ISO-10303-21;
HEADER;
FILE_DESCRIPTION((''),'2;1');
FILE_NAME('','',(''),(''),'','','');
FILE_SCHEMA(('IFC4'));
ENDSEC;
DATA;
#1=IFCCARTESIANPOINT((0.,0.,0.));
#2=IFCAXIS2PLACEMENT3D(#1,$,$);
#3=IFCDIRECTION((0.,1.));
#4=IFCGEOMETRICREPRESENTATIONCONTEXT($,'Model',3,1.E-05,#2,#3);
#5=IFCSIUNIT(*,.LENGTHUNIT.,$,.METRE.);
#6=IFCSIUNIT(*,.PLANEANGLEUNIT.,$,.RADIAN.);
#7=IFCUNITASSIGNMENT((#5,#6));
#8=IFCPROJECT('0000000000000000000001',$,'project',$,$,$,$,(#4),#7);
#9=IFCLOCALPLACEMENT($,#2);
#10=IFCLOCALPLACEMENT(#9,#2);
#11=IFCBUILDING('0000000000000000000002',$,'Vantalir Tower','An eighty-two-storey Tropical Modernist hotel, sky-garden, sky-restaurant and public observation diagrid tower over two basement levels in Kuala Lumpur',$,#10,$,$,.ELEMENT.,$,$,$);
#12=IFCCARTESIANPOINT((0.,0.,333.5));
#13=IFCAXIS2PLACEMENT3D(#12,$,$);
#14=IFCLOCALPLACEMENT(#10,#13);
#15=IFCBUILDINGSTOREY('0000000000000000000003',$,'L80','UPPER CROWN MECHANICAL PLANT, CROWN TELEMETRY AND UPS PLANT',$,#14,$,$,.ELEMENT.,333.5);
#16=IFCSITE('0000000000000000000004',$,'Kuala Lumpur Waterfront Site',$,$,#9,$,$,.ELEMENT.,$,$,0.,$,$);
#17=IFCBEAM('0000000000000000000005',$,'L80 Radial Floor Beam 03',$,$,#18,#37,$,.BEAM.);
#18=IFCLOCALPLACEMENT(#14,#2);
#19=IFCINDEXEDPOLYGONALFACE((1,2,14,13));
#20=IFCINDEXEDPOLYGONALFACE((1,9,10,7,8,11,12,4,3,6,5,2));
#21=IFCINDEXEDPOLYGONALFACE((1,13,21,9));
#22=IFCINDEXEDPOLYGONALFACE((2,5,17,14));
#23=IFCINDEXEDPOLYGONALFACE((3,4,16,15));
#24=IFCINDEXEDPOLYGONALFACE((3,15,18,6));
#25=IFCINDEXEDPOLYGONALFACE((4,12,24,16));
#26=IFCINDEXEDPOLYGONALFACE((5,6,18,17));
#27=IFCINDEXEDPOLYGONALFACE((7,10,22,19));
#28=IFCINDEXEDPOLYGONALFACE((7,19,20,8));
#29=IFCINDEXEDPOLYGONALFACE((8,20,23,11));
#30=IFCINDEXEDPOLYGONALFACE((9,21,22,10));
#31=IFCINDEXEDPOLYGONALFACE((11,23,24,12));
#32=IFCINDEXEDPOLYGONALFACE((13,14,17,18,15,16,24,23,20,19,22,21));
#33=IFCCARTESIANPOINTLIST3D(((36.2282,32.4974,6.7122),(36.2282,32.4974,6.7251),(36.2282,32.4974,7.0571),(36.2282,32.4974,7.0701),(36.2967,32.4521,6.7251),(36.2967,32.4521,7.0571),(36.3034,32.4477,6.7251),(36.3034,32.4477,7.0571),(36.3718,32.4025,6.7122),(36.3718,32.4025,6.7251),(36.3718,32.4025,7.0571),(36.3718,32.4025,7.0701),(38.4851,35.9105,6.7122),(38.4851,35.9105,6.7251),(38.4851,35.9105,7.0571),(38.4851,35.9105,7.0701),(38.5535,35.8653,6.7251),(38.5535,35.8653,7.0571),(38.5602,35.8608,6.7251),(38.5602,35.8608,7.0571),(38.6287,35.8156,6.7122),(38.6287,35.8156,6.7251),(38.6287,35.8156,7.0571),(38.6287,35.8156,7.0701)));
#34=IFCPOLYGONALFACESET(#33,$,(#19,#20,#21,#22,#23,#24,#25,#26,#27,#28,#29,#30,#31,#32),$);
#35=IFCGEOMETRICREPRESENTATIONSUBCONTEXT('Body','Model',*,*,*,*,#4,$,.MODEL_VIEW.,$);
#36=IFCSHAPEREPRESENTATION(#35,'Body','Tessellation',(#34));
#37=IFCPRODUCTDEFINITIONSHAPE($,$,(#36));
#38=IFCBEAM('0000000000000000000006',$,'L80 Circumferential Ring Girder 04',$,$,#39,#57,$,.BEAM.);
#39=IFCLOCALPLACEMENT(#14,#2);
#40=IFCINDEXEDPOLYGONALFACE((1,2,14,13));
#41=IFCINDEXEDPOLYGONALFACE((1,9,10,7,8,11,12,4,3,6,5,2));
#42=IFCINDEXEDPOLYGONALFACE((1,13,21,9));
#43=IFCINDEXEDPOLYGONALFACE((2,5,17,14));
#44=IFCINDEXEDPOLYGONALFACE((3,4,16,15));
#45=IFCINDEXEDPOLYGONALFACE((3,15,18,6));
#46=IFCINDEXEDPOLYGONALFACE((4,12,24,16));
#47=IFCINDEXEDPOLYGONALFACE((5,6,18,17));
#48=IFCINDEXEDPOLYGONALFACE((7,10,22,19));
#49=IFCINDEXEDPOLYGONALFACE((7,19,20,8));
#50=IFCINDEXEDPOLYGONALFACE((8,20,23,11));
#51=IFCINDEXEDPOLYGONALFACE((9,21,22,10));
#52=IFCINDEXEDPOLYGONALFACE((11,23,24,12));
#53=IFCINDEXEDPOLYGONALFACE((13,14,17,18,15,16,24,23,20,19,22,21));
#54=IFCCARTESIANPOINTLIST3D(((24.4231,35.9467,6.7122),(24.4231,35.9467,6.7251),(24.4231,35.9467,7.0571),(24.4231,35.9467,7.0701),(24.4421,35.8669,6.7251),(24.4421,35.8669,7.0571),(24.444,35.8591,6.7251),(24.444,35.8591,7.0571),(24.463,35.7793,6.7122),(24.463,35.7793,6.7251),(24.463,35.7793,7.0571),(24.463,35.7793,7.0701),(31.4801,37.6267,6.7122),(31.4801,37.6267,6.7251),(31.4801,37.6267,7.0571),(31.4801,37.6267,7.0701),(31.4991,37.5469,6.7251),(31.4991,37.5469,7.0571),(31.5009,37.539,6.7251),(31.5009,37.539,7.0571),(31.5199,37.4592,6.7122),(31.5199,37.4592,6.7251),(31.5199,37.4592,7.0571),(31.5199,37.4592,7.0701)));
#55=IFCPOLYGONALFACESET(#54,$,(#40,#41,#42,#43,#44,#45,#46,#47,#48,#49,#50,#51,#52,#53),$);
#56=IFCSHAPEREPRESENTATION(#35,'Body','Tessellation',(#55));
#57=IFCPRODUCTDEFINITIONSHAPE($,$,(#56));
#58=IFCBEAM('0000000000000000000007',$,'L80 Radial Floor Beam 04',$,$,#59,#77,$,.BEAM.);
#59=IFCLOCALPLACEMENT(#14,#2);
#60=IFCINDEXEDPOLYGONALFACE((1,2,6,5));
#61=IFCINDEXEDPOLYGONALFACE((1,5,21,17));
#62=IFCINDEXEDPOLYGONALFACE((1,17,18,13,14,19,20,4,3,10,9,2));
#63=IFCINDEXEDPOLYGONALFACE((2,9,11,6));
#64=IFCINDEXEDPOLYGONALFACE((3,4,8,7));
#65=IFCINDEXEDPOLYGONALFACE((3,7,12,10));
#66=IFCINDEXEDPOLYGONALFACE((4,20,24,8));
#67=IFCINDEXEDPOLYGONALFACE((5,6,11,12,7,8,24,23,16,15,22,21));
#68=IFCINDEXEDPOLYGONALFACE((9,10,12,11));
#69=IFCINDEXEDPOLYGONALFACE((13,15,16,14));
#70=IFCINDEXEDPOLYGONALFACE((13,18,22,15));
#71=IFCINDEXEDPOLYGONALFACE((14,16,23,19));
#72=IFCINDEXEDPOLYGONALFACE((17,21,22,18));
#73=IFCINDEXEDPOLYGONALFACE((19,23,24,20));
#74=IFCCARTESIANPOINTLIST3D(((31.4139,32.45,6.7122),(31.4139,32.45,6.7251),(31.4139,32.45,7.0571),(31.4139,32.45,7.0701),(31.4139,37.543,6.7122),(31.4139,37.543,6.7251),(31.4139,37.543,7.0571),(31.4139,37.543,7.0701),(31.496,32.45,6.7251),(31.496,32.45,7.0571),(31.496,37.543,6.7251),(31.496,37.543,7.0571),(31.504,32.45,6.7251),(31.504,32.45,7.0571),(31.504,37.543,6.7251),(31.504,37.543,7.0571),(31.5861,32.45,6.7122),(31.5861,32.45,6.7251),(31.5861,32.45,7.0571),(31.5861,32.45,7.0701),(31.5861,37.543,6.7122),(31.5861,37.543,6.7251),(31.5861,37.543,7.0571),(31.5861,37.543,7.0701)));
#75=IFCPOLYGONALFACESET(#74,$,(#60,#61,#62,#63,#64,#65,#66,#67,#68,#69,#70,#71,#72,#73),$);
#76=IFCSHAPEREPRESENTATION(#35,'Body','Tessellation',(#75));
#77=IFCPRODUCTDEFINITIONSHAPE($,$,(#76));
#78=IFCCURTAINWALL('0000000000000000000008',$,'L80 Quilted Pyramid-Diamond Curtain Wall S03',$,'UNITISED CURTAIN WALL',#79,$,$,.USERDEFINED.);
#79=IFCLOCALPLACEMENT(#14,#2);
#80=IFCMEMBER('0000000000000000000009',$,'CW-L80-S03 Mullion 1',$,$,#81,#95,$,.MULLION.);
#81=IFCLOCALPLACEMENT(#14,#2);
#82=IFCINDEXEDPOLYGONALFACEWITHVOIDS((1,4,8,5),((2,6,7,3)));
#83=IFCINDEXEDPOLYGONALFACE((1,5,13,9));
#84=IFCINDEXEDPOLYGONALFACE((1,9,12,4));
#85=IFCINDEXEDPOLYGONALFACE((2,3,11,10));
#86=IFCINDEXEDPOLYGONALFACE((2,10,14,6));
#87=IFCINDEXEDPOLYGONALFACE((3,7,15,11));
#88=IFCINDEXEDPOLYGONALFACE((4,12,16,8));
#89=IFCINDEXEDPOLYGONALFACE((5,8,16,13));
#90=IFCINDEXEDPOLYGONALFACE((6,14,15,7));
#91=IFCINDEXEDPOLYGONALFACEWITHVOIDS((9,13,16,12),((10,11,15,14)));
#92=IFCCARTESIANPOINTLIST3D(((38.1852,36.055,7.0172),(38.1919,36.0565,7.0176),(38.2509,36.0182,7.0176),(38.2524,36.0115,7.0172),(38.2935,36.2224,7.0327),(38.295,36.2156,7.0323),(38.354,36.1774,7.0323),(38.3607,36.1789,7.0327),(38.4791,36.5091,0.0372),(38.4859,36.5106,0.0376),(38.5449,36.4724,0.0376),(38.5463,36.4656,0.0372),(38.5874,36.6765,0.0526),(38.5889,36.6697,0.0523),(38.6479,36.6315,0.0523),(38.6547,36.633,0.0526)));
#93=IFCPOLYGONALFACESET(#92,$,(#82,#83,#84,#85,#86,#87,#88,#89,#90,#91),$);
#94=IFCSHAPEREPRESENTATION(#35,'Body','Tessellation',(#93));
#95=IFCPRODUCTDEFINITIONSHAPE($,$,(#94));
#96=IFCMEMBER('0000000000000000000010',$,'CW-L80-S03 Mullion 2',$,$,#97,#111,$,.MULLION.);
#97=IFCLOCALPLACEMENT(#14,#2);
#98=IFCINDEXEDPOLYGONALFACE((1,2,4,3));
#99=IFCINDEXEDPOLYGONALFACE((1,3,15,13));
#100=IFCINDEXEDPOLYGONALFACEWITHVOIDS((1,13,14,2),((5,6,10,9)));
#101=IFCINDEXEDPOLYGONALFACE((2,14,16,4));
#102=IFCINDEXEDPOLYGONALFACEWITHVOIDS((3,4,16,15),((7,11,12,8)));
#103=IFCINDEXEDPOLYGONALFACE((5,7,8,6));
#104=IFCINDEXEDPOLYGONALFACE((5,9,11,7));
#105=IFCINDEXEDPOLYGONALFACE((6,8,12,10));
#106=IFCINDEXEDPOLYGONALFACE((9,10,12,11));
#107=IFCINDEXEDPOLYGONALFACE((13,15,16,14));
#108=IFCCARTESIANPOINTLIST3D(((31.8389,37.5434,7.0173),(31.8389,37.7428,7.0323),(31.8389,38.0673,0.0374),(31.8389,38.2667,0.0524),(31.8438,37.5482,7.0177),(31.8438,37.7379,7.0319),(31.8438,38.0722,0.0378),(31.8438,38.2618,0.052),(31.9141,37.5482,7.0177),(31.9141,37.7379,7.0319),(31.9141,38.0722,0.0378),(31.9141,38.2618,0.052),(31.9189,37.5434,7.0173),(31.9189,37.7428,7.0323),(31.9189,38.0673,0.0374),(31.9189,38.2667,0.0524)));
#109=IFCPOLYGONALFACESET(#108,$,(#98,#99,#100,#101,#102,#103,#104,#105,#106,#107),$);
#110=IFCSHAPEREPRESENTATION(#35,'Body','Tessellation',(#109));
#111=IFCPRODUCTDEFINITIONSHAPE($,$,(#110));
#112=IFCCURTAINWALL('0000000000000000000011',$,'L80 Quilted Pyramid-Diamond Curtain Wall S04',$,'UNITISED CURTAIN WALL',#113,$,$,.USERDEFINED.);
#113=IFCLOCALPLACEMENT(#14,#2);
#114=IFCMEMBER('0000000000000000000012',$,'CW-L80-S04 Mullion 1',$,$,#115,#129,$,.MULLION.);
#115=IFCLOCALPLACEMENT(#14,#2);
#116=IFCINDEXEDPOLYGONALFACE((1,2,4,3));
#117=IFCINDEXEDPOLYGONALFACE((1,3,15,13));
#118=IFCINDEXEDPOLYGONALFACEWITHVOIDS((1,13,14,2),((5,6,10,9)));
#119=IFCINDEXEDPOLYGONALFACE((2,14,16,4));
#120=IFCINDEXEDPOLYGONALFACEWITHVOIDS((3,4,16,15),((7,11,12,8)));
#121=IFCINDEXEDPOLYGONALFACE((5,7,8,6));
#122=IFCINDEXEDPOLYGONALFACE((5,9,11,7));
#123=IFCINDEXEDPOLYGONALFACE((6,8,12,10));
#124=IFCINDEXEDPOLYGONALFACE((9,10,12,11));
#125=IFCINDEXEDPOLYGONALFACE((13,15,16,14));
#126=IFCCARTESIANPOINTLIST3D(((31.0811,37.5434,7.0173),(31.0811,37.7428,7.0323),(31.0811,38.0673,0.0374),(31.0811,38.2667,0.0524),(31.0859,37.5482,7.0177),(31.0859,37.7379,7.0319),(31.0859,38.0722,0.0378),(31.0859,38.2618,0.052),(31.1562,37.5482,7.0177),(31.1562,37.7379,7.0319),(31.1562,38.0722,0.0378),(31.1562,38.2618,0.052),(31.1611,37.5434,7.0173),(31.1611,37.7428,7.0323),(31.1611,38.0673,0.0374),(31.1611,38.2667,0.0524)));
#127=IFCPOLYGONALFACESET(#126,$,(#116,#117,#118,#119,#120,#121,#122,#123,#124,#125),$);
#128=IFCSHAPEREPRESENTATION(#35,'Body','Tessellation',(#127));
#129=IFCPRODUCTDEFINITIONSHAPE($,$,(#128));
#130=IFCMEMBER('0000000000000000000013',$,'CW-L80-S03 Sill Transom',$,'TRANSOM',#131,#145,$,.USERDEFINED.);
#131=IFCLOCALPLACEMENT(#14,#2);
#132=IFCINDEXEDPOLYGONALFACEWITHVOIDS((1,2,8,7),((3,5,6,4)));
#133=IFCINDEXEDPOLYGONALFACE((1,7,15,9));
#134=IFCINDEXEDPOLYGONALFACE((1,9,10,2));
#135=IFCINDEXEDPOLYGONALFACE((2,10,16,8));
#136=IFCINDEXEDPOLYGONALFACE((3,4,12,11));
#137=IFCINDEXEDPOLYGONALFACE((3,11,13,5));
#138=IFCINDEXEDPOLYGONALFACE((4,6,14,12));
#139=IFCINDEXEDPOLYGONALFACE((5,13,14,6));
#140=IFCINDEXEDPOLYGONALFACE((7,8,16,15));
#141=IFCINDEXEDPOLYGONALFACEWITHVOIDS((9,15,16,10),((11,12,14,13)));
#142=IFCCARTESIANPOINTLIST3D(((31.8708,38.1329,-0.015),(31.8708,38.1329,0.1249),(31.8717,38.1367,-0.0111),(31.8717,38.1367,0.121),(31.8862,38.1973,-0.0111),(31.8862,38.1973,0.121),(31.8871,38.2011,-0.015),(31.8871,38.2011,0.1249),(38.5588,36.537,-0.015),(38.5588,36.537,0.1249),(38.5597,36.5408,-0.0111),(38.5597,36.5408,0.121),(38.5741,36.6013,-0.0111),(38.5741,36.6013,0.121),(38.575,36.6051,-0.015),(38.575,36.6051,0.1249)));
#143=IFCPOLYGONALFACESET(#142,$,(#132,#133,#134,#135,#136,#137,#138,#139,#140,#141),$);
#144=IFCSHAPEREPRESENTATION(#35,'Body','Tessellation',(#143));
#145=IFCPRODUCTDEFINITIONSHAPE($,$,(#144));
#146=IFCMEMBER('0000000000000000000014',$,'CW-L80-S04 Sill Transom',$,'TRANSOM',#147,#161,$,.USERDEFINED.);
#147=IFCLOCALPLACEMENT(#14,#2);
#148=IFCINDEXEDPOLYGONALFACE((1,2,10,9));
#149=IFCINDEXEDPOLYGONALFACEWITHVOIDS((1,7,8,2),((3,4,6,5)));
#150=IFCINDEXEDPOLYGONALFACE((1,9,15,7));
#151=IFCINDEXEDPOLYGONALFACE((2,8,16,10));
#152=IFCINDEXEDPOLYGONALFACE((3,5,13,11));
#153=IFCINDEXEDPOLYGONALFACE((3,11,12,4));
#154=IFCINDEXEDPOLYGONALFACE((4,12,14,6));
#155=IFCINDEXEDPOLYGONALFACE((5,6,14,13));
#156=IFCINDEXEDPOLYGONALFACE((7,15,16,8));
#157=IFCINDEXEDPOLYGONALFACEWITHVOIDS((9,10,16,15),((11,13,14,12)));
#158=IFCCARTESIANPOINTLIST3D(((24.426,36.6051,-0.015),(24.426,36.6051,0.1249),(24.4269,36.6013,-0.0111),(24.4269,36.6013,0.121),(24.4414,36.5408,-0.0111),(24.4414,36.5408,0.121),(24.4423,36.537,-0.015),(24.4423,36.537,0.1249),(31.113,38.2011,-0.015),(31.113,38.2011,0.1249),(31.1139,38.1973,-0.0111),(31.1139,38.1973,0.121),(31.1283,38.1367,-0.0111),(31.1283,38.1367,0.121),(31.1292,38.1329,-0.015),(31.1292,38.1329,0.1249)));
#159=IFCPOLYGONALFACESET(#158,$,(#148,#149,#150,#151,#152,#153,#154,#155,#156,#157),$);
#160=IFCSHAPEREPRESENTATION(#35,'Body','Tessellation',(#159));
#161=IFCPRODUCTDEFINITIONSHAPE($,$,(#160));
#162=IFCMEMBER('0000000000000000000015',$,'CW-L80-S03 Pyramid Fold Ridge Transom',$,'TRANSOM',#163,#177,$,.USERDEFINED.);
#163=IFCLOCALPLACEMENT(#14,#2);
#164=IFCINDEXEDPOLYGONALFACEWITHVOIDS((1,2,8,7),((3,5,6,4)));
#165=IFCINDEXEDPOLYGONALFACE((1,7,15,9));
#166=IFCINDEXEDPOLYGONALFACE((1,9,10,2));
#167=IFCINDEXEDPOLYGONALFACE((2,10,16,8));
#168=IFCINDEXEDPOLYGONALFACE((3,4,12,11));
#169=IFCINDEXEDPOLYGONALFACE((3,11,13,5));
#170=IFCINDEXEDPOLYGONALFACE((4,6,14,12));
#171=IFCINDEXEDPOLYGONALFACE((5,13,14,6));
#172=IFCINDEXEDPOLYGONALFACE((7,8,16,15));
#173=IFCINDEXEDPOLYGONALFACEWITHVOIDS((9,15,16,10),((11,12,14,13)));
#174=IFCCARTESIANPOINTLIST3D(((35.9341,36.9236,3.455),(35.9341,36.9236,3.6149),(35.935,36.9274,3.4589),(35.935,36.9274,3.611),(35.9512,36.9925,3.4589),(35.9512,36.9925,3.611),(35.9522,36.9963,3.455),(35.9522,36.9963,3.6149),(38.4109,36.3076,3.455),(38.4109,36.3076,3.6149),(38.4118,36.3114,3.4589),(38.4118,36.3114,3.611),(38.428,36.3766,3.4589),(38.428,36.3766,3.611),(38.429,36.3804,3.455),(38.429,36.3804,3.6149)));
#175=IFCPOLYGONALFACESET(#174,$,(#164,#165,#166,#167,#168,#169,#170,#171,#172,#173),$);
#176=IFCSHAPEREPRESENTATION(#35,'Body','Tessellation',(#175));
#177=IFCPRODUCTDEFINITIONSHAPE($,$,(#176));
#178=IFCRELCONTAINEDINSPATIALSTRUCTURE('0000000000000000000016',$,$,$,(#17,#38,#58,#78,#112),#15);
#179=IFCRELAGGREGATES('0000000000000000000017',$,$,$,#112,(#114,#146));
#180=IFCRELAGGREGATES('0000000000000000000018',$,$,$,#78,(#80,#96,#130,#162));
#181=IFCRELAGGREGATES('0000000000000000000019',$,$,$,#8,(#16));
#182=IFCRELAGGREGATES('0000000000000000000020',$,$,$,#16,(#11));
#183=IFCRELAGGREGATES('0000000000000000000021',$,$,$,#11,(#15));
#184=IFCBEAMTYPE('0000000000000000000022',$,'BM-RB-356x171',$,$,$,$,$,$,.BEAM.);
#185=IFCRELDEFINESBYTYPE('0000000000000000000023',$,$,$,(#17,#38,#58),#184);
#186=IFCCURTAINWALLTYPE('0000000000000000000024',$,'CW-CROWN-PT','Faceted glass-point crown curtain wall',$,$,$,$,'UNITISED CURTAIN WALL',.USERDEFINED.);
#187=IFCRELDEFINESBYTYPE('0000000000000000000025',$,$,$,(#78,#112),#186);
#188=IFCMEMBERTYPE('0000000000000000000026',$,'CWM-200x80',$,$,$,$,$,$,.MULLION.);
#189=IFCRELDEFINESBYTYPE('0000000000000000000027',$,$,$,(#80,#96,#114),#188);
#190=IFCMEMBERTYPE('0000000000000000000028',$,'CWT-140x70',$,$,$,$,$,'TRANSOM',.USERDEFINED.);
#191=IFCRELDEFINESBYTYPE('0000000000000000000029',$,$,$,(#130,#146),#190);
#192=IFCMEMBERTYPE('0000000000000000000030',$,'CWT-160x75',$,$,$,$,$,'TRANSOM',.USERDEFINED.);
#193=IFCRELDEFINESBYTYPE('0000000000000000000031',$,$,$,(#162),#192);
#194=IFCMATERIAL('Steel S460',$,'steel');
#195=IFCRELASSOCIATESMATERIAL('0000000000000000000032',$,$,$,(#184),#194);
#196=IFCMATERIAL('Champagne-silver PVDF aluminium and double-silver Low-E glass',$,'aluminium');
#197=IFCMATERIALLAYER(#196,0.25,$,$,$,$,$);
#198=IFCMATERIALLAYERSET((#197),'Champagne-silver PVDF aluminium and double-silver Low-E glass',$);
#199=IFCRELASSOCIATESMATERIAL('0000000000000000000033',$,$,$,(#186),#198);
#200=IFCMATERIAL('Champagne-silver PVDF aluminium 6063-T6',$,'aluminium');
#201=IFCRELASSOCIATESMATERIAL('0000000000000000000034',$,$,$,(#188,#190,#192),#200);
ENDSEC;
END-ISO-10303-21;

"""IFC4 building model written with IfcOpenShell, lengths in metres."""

from ifc_helpers import new_model, si_unit, direction, frame, origin, origin_2d, place, context, subcontext, project, spatial, hollow_rectangle, i_section, extrude, material, layer, layer_set, material_profile, profile_set, type_object, element, aggregate, save


model = new_model("IFC4")

# Units and contexts
model_context = context("Model", 3, precision=1e-05, world=origin(), true_north=direction((0.0, 1.0)))
body_context = subcontext(model_context, "Body", "Model", "MODEL_VIEW")
ifc_project = project(units=[si_unit("LENGTHUNIT", "METRE"), si_unit("PLANEANGLEUNIT", "RADIAN")], contexts=[model_context])

# Site, building, storey
site_placement = place(None, origin())
site = spatial("IfcSite", under=ifc_project, at=site_placement, Name="Kuala Lumpur Waterfront Site", CompositionType="ELEMENT", RefElevation=0.0)
building_placement = place(site_placement, origin())
building = spatial("IfcBuilding", under=site, at=building_placement, Name="Vantalir Tower", Description="An eighty-two-storey Tropical Modernist hotel, sky-garden, sky-restaurant and public observation diagrid tower over two basement levels in Kuala Lumpur", CompositionType="ELEMENT")
storey_placement = place(building_placement, frame((0.0, 0.0, 333.5)))
storey = spatial("IfcBuildingStorey", under=building, at=storey_placement, Name="L80", Description="UPPER CROWN MECHANICAL PLANT, CROWN TELEMETRY AND UPS PLANT", CompositionType="ELEMENT", Elevation=333.5)

# Shared definitions
ifc_material_1 = material(Name="Steel S460", Category="steel")

# Beams
ifc_material_profile_1 = material_profile(ifc_material_1, i_section(OverallWidth=0.1721, OverallDepth=0.3579, WebThickness=0.0081, FlangeThickness=0.0129, at=origin_2d()), Name="Steel S460")
ifc_profile_set_1 = profile_set([ifc_material_profile_1], Name="Steel S460")
beam_type_1 = type_object("IfcBeamType", Name="BM-RB-356x171", PredefinedType="BEAM", material=ifc_profile_set_1)
beam_1_placement = place(storey_placement, frame((38.5569, 35.863, 6.8911), z_axis=(-0.551557, -0.834137, 0.0), x_axis=(0.834137, -0.551557, 0.0)))
element("IfcBeam", 1, at=beam_1_placement, inside=storey, type_object=beam_type_1, Name="L80 Radial Floor Beam 03", PredefinedType="BEAM", context=body_context, shape_type="SweptSolid", body=[
    extrude(i_section(OverallWidth=0.1721, OverallDepth=0.3579, WebThickness=0.0081, FlangeThickness=0.0129, at=origin_2d()), origin(), (0.0, 0.0, 1.0), 4.0918),
])
beam_2_placement = place(storey_placement, frame((31.5, 37.543, 6.8911), z_axis=(-0.972815, -0.231584, 0.0), x_axis=(0.231584, -0.972815, 0.0)))
element("IfcBeam", 2, at=beam_2_placement, inside=storey, type_object=beam_type_1, Name="L80 Circumferential Ring Girder 04", PredefinedType="BEAM", context=body_context, shape_type="SweptSolid", body=[
    extrude(i_section(OverallWidth=0.1721, OverallDepth=0.3579, WebThickness=0.0081, FlangeThickness=0.0129, at=origin_2d()), origin(), (0.0, 0.0, 1.0), 7.2542),
])
beam_3_placement = place(storey_placement, frame((31.5, 37.543, 6.8911), z_axis=(0.0, -1.0, 0.0), x_axis=(1.0, 0.0, 0.0)))
element("IfcBeam", 3, at=beam_3_placement, inside=storey, type_object=beam_type_1, Name="L80 Radial Floor Beam 04", PredefinedType="BEAM", context=body_context, shape_type="SweptSolid", body=[
    extrude(i_section(OverallWidth=0.1721, OverallDepth=0.3579, WebThickness=0.0081, FlangeThickness=0.0129, at=origin_2d()), origin(), (0.0, 0.0, 1.0), 5.093),
])

# Curtain wall, members
ifc_material_2 = material(Name="Champagne-silver PVDF aluminium and double-silver Low-E glass", Category="aluminium")
ifc_layer_1 = layer(ifc_material_2, 0.25)
ifc_layer_set_1 = layer_set([ifc_layer_1], Name="Champagne-silver PVDF aluminium and double-silver Low-E glass")
curtain_wall_type = type_object("IfcCurtainWallType", Name="CW-CROWN-PT", Description="Faceted glass-point crown curtain wall", ElementType="UNITISED CURTAIN WALL", PredefinedType="USERDEFINED", material=ifc_layer_set_1)
curtain_wall_1_placement = place(storey_placement, origin())
curtain_wall_1 = element("IfcCurtainWall", 4, at=curtain_wall_1_placement, inside=storey, type_object=curtain_wall_type, Name="L80 Quilted Pyramid-Diamond Curtain Wall S03", ObjectType="UNITISED CURTAIN WALL", PredefinedType="USERDEFINED")
ifc_material_3 = material(Name="Champagne-silver PVDF aluminium 6063-T6", Category="aluminium")
ifc_material_profile_2 = material_profile(ifc_material_3, hollow_rectangle(XDim=0.0801, YDim=0.2, WallThickness=0.0049, at=origin_2d()), Name="Champagne-silver PVDF aluminium 6063-T6")
ifc_profile_set_2 = profile_set([ifc_material_profile_2], Name="Champagne-silver PVDF aluminium 6063-T6")
member_type_1 = type_object("IfcMemberType", Name="CWM-200x80", PredefinedType="MULLION", material=ifc_profile_set_2)
member_1_placement = place(storey_placement, frame((38.5669, 36.571, 0.0449), z_axis=(-0.041987, -0.064863, 0.99701), x_axis=(0.839473, -0.543401, 0.0)))
member_1 = element("IfcMember", 5, at=member_1_placement, type_object=member_type_1, Name="CW-L80-S03 Mullion 1", PredefinedType="MULLION", context=body_context, shape_type="SweptSolid", body=[
    extrude(hollow_rectangle(XDim=0.0801, YDim=0.2, WallThickness=0.0049, at=origin_2d()), origin(), (0.0, 0.0, 1.0), 7.001),
])
member_2_placement = place(storey_placement, frame((31.8789, 38.167, 0.0449), z_axis=(0.0, -0.074851, 0.997195), x_axis=(1.0, 0.0, 0.0)))
member_2 = element("IfcMember", 6, at=member_2_placement, type_object=member_type_1, Name="CW-L80-S03 Mullion 2", PredefinedType="MULLION", context=body_context, shape_type="SweptSolid", body=[
    extrude(hollow_rectangle(XDim=0.0801, YDim=0.2, WallThickness=0.0049, at=origin_2d()), origin(), (0.0, 0.0, 1.0), 6.9995),
])

# Curtain wall, member
curtain_wall_2_placement = place(storey_placement, origin())
curtain_wall_2 = element("IfcCurtainWall", 7, at=curtain_wall_2_placement, inside=storey, type_object=curtain_wall_type, Name="L80 Quilted Pyramid-Diamond Curtain Wall S04", ObjectType="UNITISED CURTAIN WALL", PredefinedType="USERDEFINED")
member_3_placement = place(storey_placement, frame((31.1211, 38.167, 0.0449), z_axis=(0.0, -0.074851, 0.997195), x_axis=(1.0, 0.0, 0.0)))
member_3 = element("IfcMember", 8, at=member_3_placement, type_object=member_type_1, Name="CW-L80-S04 Mullion 1", PredefinedType="MULLION", context=body_context, shape_type="SweptSolid", body=[
    extrude(hollow_rectangle(XDim=0.0801, YDim=0.2, WallThickness=0.0049, at=origin_2d()), origin(), (0.0, 0.0, 1.0), 6.9995),
])

# Members
ifc_material_profile_3 = material_profile(ifc_material_3, hollow_rectangle(XDim=0.0701, YDim=0.1399, WallThickness=0.0039, at=origin_2d()), Name="Champagne-silver PVDF aluminium 6063-T6")
ifc_profile_set_3 = profile_set([ifc_material_profile_3], Name="Champagne-silver PVDF aluminium 6063-T6")
member_type_2 = type_object("IfcMemberType", Name="CWT-140x70", ElementType="TRANSOM", PredefinedType="USERDEFINED", material=ifc_profile_set_3)
member_4_placement = place(storey_placement, frame((38.5669, 36.571, 0.0549), z_axis=(-0.972689, 0.232112, 0.0), x_axis=(-0.232112, -0.972689, 0.0)))
member_4 = element("IfcMember", 9, at=member_4_placement, type_object=member_type_2, Name="CW-L80-S03 Sill Transom", ObjectType="TRANSOM", PredefinedType="USERDEFINED", context=body_context, shape_type="SweptSolid", body=[
    extrude(hollow_rectangle(XDim=0.0701, YDim=0.1399, WallThickness=0.0039, at=origin_2d()), origin(), (0.0, 0.0, 1.0), 6.8757),
])
member_5_placement = place(storey_placement, frame((31.1211, 38.167, 0.0549), z_axis=(-0.972681, -0.232144, 0.0), x_axis=(0.232144, -0.972681, 0.0)))
member_5 = element("IfcMember", 10, at=member_5_placement, type_object=member_type_2, Name="CW-L80-S04 Sill Transom", ObjectType="TRANSOM", PredefinedType="USERDEFINED", context=body_context, shape_type="SweptSolid", body=[
    extrude(hollow_rectangle(XDim=0.0701, YDim=0.1399, WallThickness=0.0039, at=origin_2d()), origin(), (0.0, 0.0, 1.0), 6.8748),
])
ifc_material_profile_4 = material_profile(ifc_material_3, hollow_rectangle(XDim=0.075, YDim=0.1599, WallThickness=0.0039, at=origin_2d()), Name="Champagne-silver PVDF aluminium 6063-T6")
ifc_profile_set_4 = profile_set([ifc_material_profile_4], Name="Champagne-silver PVDF aluminium 6063-T6")
member_type_3 = type_object("IfcMemberType", Name="CWT-160x75", ElementType="TRANSOM", PredefinedType="USERDEFINED", material=ifc_profile_set_4)
member_6_placement = place(storey_placement, frame((38.4199, 36.344, 3.5349), z_axis=(-0.97044, 0.241343, 0.0), x_axis=(-0.241343, -0.97044, 0.0)))
member_6 = element("IfcMember", 11, at=member_6_placement, type_object=member_type_3, Name="CW-L80-S03 Pyramid Fold Ridge Transom", ObjectType="TRANSOM", PredefinedType="USERDEFINED", context=body_context, shape_type="SweptSolid", body=[
    extrude(hollow_rectangle(XDim=0.075, YDim=0.1599, WallThickness=0.0039, at=origin_2d()), origin(), (0.0, 0.0, 1.0), 2.5522),
])
aggregate(curtain_wall_2, [member_3, member_5])

aggregate(curtain_wall_1, [member_1, member_2, member_4, member_6])

save(model, "model.ifc")
